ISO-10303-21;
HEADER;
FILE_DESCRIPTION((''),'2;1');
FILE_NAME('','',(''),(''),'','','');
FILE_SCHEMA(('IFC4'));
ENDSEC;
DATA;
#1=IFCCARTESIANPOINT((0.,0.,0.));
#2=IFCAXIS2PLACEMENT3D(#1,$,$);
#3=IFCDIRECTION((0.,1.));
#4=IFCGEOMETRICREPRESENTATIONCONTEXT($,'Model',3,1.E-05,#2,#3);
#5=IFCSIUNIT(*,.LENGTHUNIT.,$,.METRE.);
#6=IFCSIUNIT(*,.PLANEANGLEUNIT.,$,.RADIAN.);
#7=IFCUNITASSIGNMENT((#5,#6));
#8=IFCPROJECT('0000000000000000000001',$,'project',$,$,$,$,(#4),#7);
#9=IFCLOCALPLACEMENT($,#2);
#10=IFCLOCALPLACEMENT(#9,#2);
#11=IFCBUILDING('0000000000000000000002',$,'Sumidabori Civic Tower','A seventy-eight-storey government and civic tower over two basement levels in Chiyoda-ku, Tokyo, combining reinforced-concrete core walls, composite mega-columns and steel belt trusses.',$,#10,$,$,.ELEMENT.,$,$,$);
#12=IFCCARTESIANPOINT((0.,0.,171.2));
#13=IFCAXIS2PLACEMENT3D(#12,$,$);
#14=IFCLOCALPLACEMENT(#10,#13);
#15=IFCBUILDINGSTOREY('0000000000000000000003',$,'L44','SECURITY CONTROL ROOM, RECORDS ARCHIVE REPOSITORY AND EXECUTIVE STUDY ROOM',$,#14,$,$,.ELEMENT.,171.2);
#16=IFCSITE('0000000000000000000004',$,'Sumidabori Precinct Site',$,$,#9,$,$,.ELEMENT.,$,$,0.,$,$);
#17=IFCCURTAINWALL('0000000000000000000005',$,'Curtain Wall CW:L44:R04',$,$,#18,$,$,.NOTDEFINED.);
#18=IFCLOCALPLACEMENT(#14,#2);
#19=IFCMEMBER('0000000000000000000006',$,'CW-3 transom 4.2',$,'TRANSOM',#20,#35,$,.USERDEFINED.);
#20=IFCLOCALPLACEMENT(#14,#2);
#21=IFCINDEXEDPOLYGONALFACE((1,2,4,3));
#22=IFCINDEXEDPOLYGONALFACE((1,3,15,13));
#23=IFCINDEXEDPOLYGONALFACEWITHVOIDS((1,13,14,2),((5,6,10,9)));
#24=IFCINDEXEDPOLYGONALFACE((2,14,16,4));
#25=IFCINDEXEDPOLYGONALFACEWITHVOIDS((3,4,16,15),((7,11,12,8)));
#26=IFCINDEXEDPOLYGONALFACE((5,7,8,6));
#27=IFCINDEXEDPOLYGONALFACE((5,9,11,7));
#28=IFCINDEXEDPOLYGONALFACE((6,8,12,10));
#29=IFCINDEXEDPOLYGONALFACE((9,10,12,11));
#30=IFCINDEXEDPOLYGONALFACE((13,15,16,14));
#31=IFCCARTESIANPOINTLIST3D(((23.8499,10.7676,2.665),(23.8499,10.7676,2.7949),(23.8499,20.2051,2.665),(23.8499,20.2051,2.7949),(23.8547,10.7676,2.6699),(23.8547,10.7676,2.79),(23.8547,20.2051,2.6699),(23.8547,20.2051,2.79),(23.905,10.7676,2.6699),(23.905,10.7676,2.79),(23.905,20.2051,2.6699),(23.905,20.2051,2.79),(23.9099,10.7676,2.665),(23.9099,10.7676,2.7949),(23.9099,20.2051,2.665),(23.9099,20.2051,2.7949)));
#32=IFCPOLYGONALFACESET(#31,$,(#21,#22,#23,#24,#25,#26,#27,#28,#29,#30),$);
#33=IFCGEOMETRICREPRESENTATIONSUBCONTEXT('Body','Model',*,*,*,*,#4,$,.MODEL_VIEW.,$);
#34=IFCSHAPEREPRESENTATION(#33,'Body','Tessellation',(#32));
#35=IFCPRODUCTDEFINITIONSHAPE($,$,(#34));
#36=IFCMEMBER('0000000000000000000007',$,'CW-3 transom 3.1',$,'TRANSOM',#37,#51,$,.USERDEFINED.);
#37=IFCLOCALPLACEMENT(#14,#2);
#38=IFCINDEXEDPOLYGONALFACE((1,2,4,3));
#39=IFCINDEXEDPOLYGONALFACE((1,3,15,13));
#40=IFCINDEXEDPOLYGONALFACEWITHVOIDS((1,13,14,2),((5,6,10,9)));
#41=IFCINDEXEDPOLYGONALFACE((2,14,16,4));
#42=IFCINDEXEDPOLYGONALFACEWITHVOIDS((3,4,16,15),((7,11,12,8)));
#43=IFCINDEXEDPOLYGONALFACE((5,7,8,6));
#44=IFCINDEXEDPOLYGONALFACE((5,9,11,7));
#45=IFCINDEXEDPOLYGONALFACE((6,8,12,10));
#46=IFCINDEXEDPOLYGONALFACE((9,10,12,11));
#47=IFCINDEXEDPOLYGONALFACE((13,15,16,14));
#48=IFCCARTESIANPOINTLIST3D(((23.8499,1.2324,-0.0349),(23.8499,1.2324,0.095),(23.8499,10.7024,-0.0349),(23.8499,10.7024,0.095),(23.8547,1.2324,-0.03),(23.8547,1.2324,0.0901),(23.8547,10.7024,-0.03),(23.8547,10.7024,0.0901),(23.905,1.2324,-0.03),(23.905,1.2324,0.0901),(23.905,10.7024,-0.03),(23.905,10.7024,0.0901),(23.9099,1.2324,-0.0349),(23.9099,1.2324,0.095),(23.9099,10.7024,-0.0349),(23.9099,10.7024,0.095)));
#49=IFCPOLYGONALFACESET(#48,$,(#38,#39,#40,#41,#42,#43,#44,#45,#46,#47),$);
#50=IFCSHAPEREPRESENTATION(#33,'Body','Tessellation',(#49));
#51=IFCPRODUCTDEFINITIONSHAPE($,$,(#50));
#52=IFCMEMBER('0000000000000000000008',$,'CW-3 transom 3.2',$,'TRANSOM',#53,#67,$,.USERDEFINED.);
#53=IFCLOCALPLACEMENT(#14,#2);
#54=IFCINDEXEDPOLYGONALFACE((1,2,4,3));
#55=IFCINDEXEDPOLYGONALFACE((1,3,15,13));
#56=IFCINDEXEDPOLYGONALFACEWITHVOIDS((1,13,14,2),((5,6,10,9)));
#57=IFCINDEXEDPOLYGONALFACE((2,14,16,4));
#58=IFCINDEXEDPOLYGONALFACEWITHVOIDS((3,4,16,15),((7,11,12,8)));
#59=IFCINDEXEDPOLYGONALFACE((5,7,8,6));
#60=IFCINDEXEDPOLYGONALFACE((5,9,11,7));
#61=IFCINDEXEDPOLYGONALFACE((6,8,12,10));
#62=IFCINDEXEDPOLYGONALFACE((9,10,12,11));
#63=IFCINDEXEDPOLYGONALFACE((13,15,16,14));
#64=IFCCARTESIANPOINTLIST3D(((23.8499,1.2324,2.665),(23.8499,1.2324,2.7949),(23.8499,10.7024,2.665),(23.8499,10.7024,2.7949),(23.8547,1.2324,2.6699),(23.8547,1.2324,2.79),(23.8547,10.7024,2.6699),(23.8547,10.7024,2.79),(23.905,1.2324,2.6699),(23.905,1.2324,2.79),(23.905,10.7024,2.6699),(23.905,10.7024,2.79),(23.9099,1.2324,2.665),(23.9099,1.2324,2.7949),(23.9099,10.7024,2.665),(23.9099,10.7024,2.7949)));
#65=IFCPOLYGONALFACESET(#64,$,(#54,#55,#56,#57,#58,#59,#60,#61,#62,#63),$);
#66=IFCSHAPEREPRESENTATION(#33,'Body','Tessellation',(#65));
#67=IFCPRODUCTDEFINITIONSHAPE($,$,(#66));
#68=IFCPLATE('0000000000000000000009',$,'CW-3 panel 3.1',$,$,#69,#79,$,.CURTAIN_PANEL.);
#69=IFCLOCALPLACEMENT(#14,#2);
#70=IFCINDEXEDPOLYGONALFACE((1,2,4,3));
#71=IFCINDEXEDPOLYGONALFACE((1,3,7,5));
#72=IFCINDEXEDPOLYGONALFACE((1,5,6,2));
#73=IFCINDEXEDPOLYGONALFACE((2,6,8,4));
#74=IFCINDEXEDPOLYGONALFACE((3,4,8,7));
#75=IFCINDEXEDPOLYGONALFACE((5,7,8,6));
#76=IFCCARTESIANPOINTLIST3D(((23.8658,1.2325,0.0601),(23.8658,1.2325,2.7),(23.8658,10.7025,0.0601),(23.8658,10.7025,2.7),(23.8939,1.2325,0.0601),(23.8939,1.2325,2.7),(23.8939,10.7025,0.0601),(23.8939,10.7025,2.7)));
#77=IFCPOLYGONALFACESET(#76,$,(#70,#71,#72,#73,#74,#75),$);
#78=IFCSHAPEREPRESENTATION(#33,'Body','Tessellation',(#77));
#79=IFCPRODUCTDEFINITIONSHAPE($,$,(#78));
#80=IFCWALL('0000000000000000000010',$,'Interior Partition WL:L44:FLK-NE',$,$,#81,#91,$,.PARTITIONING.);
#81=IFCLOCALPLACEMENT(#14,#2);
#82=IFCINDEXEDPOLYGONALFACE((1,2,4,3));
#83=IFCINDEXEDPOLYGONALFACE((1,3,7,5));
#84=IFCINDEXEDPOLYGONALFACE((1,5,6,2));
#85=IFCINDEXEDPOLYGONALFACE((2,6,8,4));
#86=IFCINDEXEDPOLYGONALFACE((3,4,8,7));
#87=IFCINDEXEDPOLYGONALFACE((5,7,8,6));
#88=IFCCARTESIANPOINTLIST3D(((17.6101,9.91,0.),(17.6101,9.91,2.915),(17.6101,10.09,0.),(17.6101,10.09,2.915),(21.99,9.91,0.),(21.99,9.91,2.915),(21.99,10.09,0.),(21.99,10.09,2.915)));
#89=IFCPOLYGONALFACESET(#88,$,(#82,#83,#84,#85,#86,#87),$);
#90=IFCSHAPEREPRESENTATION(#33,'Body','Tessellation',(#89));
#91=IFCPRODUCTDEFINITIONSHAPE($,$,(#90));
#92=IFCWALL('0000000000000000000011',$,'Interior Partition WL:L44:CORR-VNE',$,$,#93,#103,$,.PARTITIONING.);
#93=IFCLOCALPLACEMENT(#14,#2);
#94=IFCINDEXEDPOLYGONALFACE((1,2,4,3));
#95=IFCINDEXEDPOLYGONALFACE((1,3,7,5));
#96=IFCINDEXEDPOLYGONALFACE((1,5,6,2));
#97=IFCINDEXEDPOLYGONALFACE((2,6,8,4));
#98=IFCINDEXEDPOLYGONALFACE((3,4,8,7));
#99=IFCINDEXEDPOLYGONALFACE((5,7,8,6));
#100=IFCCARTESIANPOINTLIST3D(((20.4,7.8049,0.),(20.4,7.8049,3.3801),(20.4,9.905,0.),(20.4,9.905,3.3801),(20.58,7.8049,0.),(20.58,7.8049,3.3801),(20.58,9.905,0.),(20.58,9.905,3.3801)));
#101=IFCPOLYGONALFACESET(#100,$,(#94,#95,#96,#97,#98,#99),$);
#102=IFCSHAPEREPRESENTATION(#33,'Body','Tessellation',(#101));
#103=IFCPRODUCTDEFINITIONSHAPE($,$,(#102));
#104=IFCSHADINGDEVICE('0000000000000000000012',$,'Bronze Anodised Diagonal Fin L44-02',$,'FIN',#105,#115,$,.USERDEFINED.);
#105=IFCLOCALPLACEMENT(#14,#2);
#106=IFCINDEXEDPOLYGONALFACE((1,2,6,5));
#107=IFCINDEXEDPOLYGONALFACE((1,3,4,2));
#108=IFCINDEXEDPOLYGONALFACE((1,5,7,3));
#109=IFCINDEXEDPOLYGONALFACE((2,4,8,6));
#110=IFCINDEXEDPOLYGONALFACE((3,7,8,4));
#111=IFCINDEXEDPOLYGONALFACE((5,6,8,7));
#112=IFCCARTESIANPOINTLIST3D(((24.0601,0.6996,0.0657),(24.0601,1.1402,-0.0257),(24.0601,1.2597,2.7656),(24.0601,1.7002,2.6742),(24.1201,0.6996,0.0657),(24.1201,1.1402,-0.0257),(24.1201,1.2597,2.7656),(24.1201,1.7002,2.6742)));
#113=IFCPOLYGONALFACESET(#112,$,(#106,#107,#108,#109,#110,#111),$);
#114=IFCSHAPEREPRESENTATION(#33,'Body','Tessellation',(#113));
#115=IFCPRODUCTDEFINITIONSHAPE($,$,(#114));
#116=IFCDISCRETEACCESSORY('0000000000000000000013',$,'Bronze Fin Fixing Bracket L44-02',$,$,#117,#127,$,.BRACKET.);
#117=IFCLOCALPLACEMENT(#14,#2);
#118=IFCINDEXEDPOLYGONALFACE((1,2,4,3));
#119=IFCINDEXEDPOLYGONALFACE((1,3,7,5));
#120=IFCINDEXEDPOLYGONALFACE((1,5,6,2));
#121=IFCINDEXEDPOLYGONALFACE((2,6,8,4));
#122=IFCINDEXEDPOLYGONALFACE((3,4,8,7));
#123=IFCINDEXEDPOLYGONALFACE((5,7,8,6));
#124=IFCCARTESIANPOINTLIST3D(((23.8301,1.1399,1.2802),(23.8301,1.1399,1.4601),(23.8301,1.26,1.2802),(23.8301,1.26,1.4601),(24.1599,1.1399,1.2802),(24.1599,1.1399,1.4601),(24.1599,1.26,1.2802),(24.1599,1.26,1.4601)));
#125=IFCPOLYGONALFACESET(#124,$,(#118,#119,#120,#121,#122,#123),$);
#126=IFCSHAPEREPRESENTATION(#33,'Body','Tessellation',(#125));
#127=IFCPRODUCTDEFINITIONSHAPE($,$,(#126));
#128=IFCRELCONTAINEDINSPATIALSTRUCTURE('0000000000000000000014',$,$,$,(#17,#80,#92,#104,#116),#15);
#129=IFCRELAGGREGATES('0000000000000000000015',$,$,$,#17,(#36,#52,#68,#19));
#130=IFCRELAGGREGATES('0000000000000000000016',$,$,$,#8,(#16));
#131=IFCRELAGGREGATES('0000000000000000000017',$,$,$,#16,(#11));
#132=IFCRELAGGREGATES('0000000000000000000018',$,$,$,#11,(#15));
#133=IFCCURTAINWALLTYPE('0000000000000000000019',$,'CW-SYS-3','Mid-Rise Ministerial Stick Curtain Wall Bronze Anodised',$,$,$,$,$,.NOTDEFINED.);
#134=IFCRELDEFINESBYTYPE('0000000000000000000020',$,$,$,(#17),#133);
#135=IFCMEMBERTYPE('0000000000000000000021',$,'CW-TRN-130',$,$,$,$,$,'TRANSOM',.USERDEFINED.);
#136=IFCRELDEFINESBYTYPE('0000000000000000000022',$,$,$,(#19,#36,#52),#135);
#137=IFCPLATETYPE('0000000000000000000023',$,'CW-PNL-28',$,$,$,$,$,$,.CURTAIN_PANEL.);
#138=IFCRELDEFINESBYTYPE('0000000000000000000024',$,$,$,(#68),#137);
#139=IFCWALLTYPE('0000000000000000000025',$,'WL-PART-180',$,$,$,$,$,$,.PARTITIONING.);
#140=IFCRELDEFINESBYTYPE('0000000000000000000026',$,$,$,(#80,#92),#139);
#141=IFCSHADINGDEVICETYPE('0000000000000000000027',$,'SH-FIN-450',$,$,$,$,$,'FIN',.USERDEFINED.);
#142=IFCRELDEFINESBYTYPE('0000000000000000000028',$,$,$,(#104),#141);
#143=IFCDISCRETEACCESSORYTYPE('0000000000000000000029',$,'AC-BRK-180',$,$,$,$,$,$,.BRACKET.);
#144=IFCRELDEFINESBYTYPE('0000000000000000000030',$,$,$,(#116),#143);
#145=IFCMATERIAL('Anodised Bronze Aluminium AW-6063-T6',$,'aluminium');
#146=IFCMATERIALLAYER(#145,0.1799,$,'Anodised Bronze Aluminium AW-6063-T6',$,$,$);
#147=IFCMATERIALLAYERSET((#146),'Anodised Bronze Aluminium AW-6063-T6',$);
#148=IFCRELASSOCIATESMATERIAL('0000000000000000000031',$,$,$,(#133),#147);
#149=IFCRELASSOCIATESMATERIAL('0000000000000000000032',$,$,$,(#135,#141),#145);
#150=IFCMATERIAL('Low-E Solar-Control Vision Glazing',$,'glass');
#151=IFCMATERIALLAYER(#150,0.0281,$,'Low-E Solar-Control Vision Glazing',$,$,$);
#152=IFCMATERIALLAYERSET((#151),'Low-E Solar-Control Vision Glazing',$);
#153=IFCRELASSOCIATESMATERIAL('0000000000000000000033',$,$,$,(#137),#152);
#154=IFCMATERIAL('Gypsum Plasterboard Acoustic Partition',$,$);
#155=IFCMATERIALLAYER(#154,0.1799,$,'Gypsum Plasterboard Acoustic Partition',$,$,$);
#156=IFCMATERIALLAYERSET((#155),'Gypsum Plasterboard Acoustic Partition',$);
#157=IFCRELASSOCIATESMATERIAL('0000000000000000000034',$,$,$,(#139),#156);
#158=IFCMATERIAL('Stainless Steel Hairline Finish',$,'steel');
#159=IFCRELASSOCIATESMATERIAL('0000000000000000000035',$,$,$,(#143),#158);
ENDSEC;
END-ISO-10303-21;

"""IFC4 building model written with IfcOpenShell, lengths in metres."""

from ifc_helpers import new_model, si_unit, direction, frame, frame_2d, origin, origin_2d, place, context, subcontext, project, spatial, rectangle, hollow_rectangle, extrude, source, transform, mapped, material, layer, layer_set, material_profile, profile_set, type_object, element, aggregate, save


model = new_model("IFC4")

# Units and contexts
model_context = context("Model", 3, precision=1e-05, world=origin(), true_north=direction((0.0, 1.0)))
body_context = subcontext(model_context, "Body", "Model", "MODEL_VIEW")
ifc_project = project(units=[si_unit("LENGTHUNIT", "METRE"), si_unit("PLANEANGLEUNIT", "RADIAN")], contexts=[model_context])

# Site, building, storey
site_placement = place(None, origin())
site = spatial("IfcSite", under=ifc_project, at=site_placement, Name="Sumidabori Precinct Site", CompositionType="ELEMENT", RefElevation=0.0)
building_placement = place(site_placement, origin())
building = spatial("IfcBuilding", under=site, at=building_placement, Name="Sumidabori Civic Tower", Description="A seventy-eight-storey government and civic tower over two basement levels in Chiyoda-ku, Tokyo, combining reinforced-concrete core walls, composite mega-columns and steel belt trusses.", CompositionType="ELEMENT")
storey_placement = place(building_placement, frame((0.0, 0.0, 171.2)))
storey = spatial("IfcBuildingStorey", under=building, at=storey_placement, Name="L44", Description="SECURITY CONTROL ROOM, RECORDS ARCHIVE REPOSITORY AND EXECUTIVE STUDY ROOM", CompositionType="ELEMENT", Elevation=171.2)

# Curtain wall, members, plate
ifc_material_1 = material(Name="Anodised Bronze Aluminium AW-6063-T6", Category="aluminium")
ifc_layer_1 = layer(ifc_material_1, 0.1799, Name="Anodised Bronze Aluminium AW-6063-T6")
ifc_layer_set_1 = layer_set([ifc_layer_1], Name="Anodised Bronze Aluminium AW-6063-T6")
curtain_wall_type = type_object("IfcCurtainWallType", Name="CW-SYS-3", Description="Mid-Rise Ministerial Stick Curtain Wall Bronze Anodised", PredefinedType="NOTDEFINED", material=ifc_layer_set_1)
curtain_wall_placement = place(storey_placement, origin())
curtain_wall = element("IfcCurtainWall", 1, at=curtain_wall_placement, inside=storey, type_object=curtain_wall_type, Name="Curtain Wall CW:L44:R04", PredefinedType="NOTDEFINED")
ifc_material_profile_1 = material_profile(ifc_material_1, hollow_rectangle(XDim=0.0601, YDim=0.1299, WallThickness=0.0049, at=origin_2d()), Name="ALU TRANSOM 130x60")
ifc_profile_set_1 = profile_set([ifc_material_profile_1], Name="Anodised Bronze Aluminium AW-6063-T6")
member_type_1 = type_object("IfcMemberType", Name="CW-TRN-130", ElementType="TRANSOM", PredefinedType="USERDEFINED", material=ifc_profile_set_1)
shared_shape_1 = source(origin(), body_context, "Body", "SweptSolid", [
    extrude(hollow_rectangle(XDim=0.0601, YDim=0.1299, WallThickness=0.0049, at=origin_2d()), origin(), (0.0, 0.0, 1.0), 9.4375),
])
member_1_placement = place(storey_placement, frame((23.8799, 10.7676, 2.73), z_axis=(0.0, 1.0, 0.0), x_axis=(-1.0, 0.0, 0.0)))
member_1 = element("IfcMember", 2, at=member_1_placement, type_object=member_type_1, Name="CW-3 transom 4.2", ObjectType="TRANSOM", PredefinedType="USERDEFINED", context=body_context, shape_type="MappedRepresentation", body=[
    mapped(shared_shape_1, transform((0.0, 0.0, 0.0), x_axis=(1.0, 0.0, 0.0), y_axis=(0.0, 1.0, 0.0), z_axis=(0.0, 0.0, 1.0), scale=1.0)),
])
shared_shape_2 = source(origin(), body_context, "Body", "SweptSolid", [
    extrude(hollow_rectangle(XDim=0.0601, YDim=0.1299, WallThickness=0.0049, at=origin_2d()), origin(), (0.0, 0.0, 1.0), 9.47),
])
member_2_placement = place(storey_placement, frame((23.8799, 1.2324, 0.03), z_axis=(0.0, 1.0, 0.0), x_axis=(-1.0, 0.0, 0.0)))
member_2 = element("IfcMember", 3, at=member_2_placement, type_object=member_type_1, Name="CW-3 transom 3.1", ObjectType="TRANSOM", PredefinedType="USERDEFINED", context=body_context, shape_type="MappedRepresentation", body=[
    mapped(shared_shape_2, transform((0.0, 0.0, 0.0), x_axis=(1.0, 0.0, 0.0), y_axis=(0.0, 1.0, 0.0), z_axis=(0.0, 0.0, 1.0), scale=1.0)),
])
member_3_placement = place(storey_placement, frame((23.8799, 1.2324, 2.73), z_axis=(0.0, 1.0, 0.0), x_axis=(-1.0, 0.0, 0.0)))
member_3 = element("IfcMember", 4, at=member_3_placement, type_object=member_type_1, Name="CW-3 transom 3.2", ObjectType="TRANSOM", PredefinedType="USERDEFINED", context=body_context, shape_type="MappedRepresentation", body=[
    mapped(shared_shape_2, transform((0.0, 0.0, 0.0), x_axis=(1.0, 0.0, 0.0), y_axis=(0.0, 1.0, 0.0), z_axis=(0.0, 0.0, 1.0), scale=1.0)),
])
ifc_material_2 = material(Name="Low-E Solar-Control Vision Glazing", Category="glass")
ifc_layer_2 = layer(ifc_material_2, 0.0281, Name="Low-E Solar-Control Vision Glazing")
ifc_layer_set_2 = layer_set([ifc_layer_2], Name="Low-E Solar-Control Vision Glazing")
plate_type = type_object("IfcPlateType", Name="CW-PNL-28", PredefinedType="CURTAIN_PANEL", material=ifc_layer_set_2)
shared_shape_3 = source(origin(), body_context, "Body", "SweptSolid", [
    extrude(rectangle(XDim=9.47, YDim=0.0281, at=origin_2d()), origin(), (0.0, 0.0, 1.0), 2.6399),
])
plate_placement = place(storey_placement, frame((23.8799, 5.9675, 0.0601), z_axis=(0.0, 0.0, 1.0), x_axis=(0.0, 1.0, 0.0)))
plate = element("IfcPlate", 5, at=plate_placement, type_object=plate_type, Name="CW-3 panel 3.1", PredefinedType="CURTAIN_PANEL", context=body_context, shape_type="MappedRepresentation", body=[
    mapped(shared_shape_3, transform((0.0, 0.0, 0.0), x_axis=(1.0, 0.0, 0.0), y_axis=(0.0, 1.0, 0.0), z_axis=(0.0, 0.0, 1.0), scale=1.0)),
])
aggregate(curtain_wall, [member_2, member_3, plate, member_1])

# Walls
ifc_material_3 = material(Name="Gypsum Plasterboard Acoustic Partition")
ifc_layer_3 = layer(ifc_material_3, 0.1799, Name="Gypsum Plasterboard Acoustic Partition")
ifc_layer_set_3 = layer_set([ifc_layer_3], Name="Gypsum Plasterboard Acoustic Partition")
wall_type = type_object("IfcWallType", Name="WL-PART-180", PredefinedType="PARTITIONING", material=ifc_layer_set_3)
shared_shape_4 = source(origin(), body_context, "Body", "SweptSolid", [
    extrude(rectangle(XDim=4.3799, YDim=0.1799, at=frame_2d((2.1899, 0.0))), origin(), (0.0, 0.0, 1.0), 2.915),
])
wall_1_placement = place(storey_placement, frame((17.6101, 10.0, 0.0), z_axis=(0.0, 0.0, 1.0), x_axis=(1.0, 0.0, 0.0)))
element("IfcWall", 6, at=wall_1_placement, inside=storey, type_object=wall_type, Name="Interior Partition WL:L44:FLK-NE", PredefinedType="PARTITIONING", context=body_context, shape_type="MappedRepresentation", body=[
    mapped(shared_shape_4, transform((0.0, 0.0, 0.0), x_axis=(1.0, 0.0, 0.0), y_axis=(0.0, 1.0, 0.0), z_axis=(0.0, 0.0, 1.0), scale=1.0)),
])
shared_shape_5 = source(origin(), body_context, "Body", "SweptSolid", [
    extrude(rectangle(XDim=2.1001, YDim=0.1799, at=frame_2d((1.05, 0.0))), origin(), (0.0, 0.0, 1.0), 3.3801),
])
wall_2_placement = place(storey_placement, frame((20.49, 7.8049, 0.0), z_axis=(0.0, 0.0, 1.0), x_axis=(0.0, 1.0, 0.0)))
element("IfcWall", 7, at=wall_2_placement, inside=storey, type_object=wall_type, Name="Interior Partition WL:L44:CORR-VNE", PredefinedType="PARTITIONING", context=body_context, shape_type="MappedRepresentation", body=[
    mapped(shared_shape_5, transform((0.0, 0.0, 0.0), x_axis=(1.0, 0.0, 0.0), y_axis=(0.0, 1.0, 0.0), z_axis=(0.0, 0.0, 1.0), scale=1.0)),
])

# Shading device
ifc_material_profile_2 = material_profile(ifc_material_1, rectangle(XDim=0.0601, YDim=0.45, at=origin_2d()), Name="BRONZE FIN 450x60")
ifc_profile_set_2 = profile_set([ifc_material_profile_2], Name="Anodised Bronze Aluminium AW-6063-T6")
shading_device_type = type_object("IfcShadingDeviceType", Name="SH-FIN-450", ElementType="FIN", PredefinedType="USERDEFINED", material=ifc_profile_set_2)
shared_shape_6 = source(origin(), body_context, "Body", "SweptSolid", [
    extrude(rectangle(XDim=0.0601, YDim=0.45, at=origin_2d()), origin(), (0.0, 0.0, 1.0), 2.7573),
])
shading_device_placement = place(storey_placement, frame((24.0901, 0.9199, 0.02), z_axis=(0.0, 0.203109, 0.979156), x_axis=(-1.0, 0.0, 0.0)))
element("IfcShadingDevice", 8, at=shading_device_placement, inside=storey, type_object=shading_device_type, Name="Bronze Anodised Diagonal Fin L44-02", ObjectType="FIN", PredefinedType="USERDEFINED", context=body_context, shape_type="MappedRepresentation", body=[
    mapped(shared_shape_6, transform((0.0, 0.0, 0.0), x_axis=(1.0, 0.0, 0.0), y_axis=(0.0, 1.0, 0.0), z_axis=(0.0, 0.0, 1.0), scale=1.0)),
])

# Discrete accessory
ifc_material_4 = material(Name="Stainless Steel Hairline Finish", Category="steel")
ifc_material_profile_3 = material_profile(ifc_material_4, rectangle(XDim=0.1201, YDim=0.1799, at=origin_2d()), Name="STEEL BRACKET 180x120")
ifc_profile_set_3 = profile_set([ifc_material_profile_3], Name="Stainless Steel Hairline Finish")
discrete_accessory_type = type_object("IfcDiscreteAccessoryType", Name="AC-BRK-180", PredefinedType="BRACKET", material=ifc_profile_set_3)
shared_shape_7 = source(origin(), body_context, "Body", "SweptSolid", [
    extrude(rectangle(XDim=0.1201, YDim=0.1799, at=origin_2d()), origin(), (0.0, 0.0, 1.0), 0.3298),
])
discrete_accessory_placement = place(storey_placement, frame((23.8301, 1.2, 1.3701), z_axis=(1.0, 0.0, 0.0), x_axis=(0.0, 1.0, 0.0)))
element("IfcDiscreteAccessory", 9, at=discrete_accessory_placement, inside=storey, type_object=discrete_accessory_type, Name="Bronze Fin Fixing Bracket L44-02", PredefinedType="BRACKET", context=body_context, shape_type="MappedRepresentation", body=[
    mapped(shared_shape_7, transform((0.0, 0.0, 0.0), x_axis=(1.0, 0.0, 0.0), y_axis=(0.0, 1.0, 0.0), z_axis=(0.0, 0.0, 1.0), scale=1.0)),
])

save(model, "model.ifc")
